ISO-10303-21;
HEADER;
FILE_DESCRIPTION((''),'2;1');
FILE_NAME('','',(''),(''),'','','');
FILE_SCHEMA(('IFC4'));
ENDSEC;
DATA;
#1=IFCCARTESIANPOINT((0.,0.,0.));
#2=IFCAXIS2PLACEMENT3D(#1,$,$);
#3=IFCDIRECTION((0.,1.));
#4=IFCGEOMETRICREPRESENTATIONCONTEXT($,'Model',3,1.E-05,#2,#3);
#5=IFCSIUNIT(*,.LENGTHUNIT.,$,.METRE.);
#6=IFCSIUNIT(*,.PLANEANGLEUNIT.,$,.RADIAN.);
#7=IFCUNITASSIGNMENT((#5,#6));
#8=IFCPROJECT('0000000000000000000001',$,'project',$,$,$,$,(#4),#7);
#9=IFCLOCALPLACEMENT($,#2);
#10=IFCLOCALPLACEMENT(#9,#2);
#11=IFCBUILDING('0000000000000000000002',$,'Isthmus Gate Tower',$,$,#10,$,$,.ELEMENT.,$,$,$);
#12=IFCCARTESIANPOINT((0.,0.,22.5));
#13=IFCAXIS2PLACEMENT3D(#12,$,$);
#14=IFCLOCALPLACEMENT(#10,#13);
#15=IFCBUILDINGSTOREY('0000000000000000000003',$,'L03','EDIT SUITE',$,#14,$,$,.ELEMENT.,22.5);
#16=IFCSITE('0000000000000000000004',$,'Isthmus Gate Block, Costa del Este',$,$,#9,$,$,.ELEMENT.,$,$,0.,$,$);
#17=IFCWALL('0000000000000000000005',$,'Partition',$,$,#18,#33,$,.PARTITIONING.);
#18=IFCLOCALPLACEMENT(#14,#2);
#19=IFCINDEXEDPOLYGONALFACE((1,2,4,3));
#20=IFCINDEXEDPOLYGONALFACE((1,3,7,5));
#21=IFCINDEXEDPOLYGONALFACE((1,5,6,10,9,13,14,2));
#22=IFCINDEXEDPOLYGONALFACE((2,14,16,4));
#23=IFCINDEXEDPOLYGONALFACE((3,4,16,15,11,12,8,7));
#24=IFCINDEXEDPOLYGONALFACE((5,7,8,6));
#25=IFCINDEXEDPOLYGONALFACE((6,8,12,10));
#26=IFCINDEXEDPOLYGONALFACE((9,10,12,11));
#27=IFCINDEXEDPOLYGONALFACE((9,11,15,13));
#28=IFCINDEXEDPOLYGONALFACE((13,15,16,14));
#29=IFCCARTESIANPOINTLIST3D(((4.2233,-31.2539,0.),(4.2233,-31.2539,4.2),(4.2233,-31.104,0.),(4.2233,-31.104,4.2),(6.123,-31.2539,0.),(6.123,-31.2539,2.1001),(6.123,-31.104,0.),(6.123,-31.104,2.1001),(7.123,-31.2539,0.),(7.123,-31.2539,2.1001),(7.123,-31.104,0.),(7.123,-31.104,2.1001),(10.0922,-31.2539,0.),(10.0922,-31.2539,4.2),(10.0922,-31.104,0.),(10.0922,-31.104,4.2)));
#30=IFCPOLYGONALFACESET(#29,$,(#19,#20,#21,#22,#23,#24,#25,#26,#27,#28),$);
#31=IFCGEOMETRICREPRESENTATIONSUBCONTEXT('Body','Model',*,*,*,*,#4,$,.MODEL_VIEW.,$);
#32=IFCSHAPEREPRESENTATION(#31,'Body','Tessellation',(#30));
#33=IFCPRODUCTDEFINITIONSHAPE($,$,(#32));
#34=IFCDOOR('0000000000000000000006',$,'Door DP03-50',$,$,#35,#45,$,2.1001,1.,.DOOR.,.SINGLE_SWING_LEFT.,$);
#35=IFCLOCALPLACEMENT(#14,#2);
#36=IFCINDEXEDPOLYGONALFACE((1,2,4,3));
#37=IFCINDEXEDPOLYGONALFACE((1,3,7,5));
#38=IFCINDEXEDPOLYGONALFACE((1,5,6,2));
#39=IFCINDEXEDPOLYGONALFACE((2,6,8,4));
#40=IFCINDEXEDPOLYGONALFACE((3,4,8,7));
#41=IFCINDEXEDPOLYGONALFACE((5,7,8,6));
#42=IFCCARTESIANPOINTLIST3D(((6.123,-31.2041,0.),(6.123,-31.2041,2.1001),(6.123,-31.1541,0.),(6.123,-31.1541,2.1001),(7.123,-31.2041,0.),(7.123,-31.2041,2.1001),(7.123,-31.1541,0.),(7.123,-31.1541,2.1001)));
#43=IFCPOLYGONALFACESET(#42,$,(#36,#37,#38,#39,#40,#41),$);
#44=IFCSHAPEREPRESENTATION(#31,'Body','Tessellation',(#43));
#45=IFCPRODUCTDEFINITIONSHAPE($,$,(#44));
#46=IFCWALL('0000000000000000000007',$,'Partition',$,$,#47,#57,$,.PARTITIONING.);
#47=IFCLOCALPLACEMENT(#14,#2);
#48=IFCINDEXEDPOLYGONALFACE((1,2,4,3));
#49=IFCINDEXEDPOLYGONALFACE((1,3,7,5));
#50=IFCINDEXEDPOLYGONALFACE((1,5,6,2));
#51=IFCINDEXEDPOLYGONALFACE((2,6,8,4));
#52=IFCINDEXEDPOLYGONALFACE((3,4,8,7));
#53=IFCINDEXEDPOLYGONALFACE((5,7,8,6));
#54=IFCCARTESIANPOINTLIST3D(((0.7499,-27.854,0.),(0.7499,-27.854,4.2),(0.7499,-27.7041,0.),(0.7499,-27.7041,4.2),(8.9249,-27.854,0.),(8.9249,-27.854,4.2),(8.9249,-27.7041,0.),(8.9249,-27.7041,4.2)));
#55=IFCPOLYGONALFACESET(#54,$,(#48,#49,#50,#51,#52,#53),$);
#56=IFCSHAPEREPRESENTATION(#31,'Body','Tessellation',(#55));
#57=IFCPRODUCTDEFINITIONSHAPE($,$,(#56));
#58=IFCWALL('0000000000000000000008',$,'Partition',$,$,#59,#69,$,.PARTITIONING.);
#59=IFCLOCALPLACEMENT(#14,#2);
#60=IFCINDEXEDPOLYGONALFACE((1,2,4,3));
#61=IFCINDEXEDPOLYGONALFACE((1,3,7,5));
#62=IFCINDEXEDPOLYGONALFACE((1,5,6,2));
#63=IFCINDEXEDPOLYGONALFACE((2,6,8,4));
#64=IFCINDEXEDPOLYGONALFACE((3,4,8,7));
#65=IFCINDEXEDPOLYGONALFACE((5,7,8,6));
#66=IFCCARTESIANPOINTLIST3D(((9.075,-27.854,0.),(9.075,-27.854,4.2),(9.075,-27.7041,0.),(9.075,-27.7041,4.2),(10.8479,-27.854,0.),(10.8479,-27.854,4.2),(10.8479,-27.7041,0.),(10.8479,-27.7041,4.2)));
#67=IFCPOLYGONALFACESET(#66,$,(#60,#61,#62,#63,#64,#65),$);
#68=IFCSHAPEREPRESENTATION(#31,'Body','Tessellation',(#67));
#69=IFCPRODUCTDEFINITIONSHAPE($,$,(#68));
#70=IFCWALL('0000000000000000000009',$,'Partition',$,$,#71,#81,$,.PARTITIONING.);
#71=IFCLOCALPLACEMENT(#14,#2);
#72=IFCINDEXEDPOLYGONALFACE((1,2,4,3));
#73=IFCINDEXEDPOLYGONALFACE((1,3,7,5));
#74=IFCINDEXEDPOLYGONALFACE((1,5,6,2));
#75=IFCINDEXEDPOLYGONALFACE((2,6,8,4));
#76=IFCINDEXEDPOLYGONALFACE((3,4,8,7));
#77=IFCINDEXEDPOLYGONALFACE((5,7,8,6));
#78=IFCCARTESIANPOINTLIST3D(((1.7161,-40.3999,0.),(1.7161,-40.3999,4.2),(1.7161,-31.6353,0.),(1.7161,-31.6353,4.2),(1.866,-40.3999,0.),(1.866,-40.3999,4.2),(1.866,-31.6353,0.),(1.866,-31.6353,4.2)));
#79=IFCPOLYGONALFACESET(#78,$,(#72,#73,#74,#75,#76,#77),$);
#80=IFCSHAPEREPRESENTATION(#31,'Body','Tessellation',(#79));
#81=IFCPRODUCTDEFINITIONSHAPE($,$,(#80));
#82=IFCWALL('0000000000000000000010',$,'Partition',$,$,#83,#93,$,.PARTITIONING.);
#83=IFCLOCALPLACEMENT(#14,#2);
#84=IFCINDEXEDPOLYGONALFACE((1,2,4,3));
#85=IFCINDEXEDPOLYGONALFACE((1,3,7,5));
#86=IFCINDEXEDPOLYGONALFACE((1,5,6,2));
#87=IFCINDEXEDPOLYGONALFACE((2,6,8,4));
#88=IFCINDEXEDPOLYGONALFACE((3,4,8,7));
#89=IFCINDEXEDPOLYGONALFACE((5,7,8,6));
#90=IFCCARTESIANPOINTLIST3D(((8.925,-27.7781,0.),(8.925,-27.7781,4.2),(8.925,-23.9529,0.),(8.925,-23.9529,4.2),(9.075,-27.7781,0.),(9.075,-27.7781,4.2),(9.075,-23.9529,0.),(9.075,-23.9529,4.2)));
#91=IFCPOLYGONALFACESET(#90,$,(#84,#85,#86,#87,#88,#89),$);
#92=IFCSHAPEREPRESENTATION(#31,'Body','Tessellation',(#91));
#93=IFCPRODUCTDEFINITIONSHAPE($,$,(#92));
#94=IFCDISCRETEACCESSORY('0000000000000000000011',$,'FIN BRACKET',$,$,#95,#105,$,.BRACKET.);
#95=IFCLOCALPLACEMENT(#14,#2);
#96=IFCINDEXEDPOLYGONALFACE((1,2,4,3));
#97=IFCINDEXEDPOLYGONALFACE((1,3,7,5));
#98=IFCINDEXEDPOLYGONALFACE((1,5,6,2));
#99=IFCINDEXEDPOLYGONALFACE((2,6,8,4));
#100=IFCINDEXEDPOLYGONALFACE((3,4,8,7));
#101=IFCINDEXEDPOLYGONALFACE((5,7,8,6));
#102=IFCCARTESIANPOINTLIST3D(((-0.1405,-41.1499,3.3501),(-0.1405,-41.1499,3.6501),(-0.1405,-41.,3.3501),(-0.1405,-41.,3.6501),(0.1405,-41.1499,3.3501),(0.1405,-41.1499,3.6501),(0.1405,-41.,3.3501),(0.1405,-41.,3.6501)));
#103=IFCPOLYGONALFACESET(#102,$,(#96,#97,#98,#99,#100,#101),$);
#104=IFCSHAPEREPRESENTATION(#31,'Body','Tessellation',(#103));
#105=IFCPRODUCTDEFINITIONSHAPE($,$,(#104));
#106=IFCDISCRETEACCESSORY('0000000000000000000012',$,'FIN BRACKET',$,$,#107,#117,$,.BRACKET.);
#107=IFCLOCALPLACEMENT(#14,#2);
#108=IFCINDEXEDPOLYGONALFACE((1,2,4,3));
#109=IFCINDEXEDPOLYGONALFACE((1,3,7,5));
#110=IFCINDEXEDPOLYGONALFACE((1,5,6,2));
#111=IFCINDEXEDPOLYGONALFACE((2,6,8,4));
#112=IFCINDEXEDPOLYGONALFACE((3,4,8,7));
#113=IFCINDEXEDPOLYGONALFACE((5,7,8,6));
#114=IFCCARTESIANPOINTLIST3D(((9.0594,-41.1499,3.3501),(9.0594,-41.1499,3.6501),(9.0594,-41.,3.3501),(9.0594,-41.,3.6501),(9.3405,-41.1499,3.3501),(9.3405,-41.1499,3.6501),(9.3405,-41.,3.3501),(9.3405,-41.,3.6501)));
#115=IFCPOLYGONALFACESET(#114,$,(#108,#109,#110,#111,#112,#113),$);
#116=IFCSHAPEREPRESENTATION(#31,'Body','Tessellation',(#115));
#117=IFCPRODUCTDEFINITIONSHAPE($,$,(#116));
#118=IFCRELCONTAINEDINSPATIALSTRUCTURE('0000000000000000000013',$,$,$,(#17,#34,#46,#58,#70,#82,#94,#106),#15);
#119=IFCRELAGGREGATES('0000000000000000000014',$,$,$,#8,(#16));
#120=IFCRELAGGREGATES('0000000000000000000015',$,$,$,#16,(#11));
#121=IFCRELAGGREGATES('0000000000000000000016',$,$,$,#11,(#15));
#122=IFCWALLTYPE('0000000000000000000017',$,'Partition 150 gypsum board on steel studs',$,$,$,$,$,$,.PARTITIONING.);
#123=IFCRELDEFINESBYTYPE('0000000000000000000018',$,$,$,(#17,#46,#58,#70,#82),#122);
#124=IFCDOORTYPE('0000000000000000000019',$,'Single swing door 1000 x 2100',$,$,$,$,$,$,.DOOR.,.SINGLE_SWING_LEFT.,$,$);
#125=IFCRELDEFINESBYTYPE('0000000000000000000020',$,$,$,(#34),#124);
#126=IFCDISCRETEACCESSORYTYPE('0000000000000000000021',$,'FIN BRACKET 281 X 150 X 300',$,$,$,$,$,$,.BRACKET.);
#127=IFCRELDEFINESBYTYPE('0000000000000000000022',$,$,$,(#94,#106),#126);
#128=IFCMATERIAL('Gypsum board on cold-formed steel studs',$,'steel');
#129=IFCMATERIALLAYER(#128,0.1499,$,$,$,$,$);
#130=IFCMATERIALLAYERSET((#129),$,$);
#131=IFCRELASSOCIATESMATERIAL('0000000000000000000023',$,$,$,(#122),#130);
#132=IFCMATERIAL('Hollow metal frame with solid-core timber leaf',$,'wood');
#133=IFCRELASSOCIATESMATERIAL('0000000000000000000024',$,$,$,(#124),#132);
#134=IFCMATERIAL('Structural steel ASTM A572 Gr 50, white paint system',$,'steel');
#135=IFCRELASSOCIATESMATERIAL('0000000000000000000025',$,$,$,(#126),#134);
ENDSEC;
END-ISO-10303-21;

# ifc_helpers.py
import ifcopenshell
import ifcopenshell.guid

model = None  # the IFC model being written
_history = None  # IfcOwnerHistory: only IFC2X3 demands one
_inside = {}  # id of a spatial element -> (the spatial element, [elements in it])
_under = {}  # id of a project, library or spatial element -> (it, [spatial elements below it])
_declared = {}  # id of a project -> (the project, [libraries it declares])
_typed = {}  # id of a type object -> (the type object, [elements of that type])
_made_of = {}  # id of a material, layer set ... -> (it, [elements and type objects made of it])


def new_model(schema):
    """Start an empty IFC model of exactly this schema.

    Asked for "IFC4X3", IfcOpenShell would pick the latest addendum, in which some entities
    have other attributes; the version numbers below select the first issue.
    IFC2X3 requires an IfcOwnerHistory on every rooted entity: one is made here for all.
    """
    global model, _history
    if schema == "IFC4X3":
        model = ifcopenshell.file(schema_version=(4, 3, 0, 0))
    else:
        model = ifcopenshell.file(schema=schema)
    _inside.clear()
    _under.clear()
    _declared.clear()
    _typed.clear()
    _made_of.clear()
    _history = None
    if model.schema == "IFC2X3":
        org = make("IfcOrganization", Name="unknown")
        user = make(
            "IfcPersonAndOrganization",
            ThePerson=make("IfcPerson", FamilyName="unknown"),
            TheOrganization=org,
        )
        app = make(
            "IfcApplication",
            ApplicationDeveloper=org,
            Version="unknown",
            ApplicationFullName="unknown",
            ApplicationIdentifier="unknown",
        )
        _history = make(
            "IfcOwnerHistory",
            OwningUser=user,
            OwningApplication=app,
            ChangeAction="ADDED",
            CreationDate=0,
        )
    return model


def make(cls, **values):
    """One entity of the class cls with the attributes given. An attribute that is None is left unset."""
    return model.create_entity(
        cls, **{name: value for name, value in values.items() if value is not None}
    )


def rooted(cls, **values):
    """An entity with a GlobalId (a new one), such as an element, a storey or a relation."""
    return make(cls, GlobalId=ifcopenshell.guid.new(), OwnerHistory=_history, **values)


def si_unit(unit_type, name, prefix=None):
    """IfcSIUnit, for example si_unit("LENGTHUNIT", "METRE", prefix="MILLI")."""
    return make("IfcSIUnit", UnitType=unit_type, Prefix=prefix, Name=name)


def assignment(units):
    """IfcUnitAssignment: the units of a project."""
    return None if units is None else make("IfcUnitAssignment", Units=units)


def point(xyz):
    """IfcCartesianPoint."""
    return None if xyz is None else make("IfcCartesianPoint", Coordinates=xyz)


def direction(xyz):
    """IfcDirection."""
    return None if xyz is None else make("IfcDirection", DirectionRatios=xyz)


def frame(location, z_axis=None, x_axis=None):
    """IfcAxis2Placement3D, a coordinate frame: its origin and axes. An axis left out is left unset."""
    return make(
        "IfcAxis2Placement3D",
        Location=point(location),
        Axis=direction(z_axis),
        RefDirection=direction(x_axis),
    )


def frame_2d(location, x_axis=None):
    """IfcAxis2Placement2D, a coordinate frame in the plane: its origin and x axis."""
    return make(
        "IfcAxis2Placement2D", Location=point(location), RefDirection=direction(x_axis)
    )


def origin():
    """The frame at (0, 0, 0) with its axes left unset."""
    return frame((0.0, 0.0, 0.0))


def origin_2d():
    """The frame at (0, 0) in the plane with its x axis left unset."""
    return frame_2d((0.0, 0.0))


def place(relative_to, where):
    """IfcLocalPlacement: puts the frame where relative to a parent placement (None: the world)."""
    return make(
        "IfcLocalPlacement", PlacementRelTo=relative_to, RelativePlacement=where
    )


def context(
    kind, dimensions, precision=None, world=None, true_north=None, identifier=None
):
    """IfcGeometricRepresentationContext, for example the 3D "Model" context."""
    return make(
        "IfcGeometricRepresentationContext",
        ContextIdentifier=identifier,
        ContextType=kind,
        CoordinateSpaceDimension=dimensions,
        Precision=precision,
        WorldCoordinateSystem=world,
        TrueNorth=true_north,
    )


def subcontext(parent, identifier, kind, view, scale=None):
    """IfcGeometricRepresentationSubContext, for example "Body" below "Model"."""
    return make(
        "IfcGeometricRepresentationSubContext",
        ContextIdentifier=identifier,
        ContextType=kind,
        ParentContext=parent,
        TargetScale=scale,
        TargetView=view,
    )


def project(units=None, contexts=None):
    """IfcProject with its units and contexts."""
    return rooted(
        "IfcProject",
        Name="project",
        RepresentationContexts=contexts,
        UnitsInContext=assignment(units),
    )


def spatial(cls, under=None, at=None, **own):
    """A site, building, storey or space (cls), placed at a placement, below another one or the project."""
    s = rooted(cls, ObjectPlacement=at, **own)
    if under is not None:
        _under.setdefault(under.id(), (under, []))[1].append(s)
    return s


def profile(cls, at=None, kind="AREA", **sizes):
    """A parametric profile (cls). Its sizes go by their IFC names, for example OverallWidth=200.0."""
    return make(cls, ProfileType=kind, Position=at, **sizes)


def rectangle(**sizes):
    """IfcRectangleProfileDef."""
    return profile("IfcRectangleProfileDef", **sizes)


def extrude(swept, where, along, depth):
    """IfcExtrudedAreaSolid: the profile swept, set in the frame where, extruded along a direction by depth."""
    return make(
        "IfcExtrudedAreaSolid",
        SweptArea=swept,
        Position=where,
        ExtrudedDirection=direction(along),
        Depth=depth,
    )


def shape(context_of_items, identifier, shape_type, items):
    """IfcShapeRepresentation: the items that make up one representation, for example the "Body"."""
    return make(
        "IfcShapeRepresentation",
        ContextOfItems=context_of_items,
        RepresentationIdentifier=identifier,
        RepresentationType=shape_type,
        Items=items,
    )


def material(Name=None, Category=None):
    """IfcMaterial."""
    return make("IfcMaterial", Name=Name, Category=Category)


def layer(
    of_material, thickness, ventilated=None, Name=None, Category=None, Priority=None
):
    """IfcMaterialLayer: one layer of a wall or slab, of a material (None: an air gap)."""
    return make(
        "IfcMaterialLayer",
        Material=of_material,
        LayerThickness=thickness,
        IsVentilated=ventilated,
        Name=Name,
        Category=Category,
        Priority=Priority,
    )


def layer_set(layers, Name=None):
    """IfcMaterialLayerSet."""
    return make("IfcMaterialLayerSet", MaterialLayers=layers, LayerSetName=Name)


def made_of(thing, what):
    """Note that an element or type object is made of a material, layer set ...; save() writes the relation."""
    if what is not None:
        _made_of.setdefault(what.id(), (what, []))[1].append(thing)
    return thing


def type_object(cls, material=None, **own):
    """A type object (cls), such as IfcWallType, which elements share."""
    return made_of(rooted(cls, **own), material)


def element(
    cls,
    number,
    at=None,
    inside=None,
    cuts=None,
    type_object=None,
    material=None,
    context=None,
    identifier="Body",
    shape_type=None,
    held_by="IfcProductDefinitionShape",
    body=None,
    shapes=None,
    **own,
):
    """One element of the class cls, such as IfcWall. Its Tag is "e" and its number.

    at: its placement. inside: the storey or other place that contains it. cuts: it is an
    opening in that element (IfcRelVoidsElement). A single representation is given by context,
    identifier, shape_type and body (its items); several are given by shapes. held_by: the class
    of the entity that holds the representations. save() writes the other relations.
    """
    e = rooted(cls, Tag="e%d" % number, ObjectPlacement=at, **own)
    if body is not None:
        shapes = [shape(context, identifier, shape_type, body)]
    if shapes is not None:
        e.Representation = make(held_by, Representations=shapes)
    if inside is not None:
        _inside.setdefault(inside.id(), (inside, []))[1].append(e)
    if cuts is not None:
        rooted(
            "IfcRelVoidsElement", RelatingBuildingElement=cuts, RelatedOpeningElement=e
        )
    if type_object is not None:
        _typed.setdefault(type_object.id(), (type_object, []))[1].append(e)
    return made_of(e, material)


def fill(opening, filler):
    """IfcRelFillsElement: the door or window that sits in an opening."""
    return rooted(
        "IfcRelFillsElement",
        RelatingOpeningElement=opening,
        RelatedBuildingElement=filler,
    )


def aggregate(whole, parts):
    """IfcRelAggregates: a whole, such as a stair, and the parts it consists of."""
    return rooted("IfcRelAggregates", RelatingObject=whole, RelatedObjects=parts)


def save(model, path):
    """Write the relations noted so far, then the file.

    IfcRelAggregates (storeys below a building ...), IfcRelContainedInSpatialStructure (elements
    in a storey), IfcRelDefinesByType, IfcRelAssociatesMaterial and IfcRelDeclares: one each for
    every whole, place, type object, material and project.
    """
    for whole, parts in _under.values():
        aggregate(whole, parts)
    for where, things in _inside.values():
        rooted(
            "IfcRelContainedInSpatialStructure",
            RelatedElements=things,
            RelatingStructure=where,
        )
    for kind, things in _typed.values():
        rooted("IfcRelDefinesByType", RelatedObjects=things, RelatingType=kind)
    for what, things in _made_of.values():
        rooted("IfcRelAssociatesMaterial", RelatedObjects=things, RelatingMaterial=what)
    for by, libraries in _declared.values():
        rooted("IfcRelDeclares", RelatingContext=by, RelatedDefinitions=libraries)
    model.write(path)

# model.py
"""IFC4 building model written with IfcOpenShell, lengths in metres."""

from ifc_helpers import new_model, si_unit, direction, frame, frame_2d, origin, origin_2d, place, context, subcontext, project, spatial, rectangle, extrude, material, layer, layer_set, type_object, element, fill, save


model = new_model("IFC4")

# Units and contexts
model_context = context("Model", 3, precision=1e-05, world=origin(), true_north=direction((0.0, 1.0)))
body_context = subcontext(model_context, "Body", "Model", "MODEL_VIEW")
ifc_project = project(units=[si_unit("LENGTHUNIT", "METRE"), si_unit("PLANEANGLEUNIT", "RADIAN")], contexts=[model_context])

# Site, building, storey
site_placement = place(None, origin())
site = spatial("IfcSite", under=ifc_project, at=site_placement, Name="Isthmus Gate Block, Costa del Este", CompositionType="ELEMENT", RefElevation=0.0)
building_placement = place(site_placement, origin())
building = spatial("IfcBuilding", under=site, at=building_placement, Name="Isthmus Gate Tower", CompositionType="ELEMENT")
storey_placement = place(building_placement, frame((0.0, 0.0, 22.5)))
storey = spatial("IfcBuildingStorey", under=building, at=storey_placement, Name="L03", Description="EDIT SUITE", CompositionType="ELEMENT", Elevation=22.5)

# Shared definitions
ifc_material_1 = material(Name="Gypsum board on cold-formed steel studs", Category="steel")
ifc_layer_1 = layer(ifc_material_1, 0.1499)
ifc_layer_set_1 = layer_set([ifc_layer_1])
wall_type_1 = type_object("IfcWallType", Name="Partition 150 gypsum board on steel studs", PredefinedType="PARTITIONING", material=ifc_layer_set_1)

# Wall, opening, door
wall_1_placement = place(storey_placement, frame((4.2231, -31.179, 0.0), z_axis=(0.0, 0.0, 1.0), x_axis=(1.0, 0.0, 0.0)))
wall_1 = element("IfcWall", 1, at=wall_1_placement, inside=storey, type_object=wall_type_1, Name="Partition", PredefinedType="PARTITIONING", context=body_context, shape_type="SweptSolid", body=[
    extrude(rectangle(XDim=5.8689, YDim=0.1499, at=frame_2d((2.9346, 0.0))), origin(), (0.0, 0.0, 1.0), 4.2),
])
opening_1_placement = place(wall_1_placement, frame((1.8999, 0.0, 0.0)))
opening_1 = element("IfcOpeningElement", 2, at=opening_1_placement, cuts=wall_1, PredefinedType="OPENING", context=body_context, shape_type="SweptSolid", body=[
    extrude(rectangle(XDim=1.0, YDim=2.1001, at=frame_2d((0.5, 1.05))), frame((0.0, 0.085, 0.0), z_axis=(0.0, -1.0, 0.0), x_axis=(1.0, 0.0, 0.0)), (0.0, 0.0, 1.0), 0.1699),
])
ifc_material_2 = material(Name="Hollow metal frame with solid-core timber leaf", Category="wood")
door_type = type_object("IfcDoorType", Name="Single swing door 1000 x 2100", OperationType="SINGLE_SWING_LEFT", PredefinedType="DOOR", material=ifc_material_2)
door_placement = place(opening_1_placement, origin())
door = element("IfcDoor", 3, at=door_placement, inside=storey, type_object=door_type, Name="Door DP03-50", OperationType="SINGLE_SWING_LEFT", OverallHeight=2.1001, OverallWidth=1.0, PredefinedType="DOOR", context=body_context, shape_type="SweptSolid", body=[
    extrude(rectangle(XDim=1.0, YDim=2.1001, at=frame_2d((0.5, 1.05))), frame((0.0, 0.0249, 0.0), z_axis=(0.0, -1.0, 0.0), x_axis=(1.0, 0.0, 0.0)), (0.0, 0.0, 1.0), 0.05),
])
fill(opening_1, door)

# Walls
wall_2_placement = place(storey_placement, frame((0.75, -27.7791, 0.0), z_axis=(0.0, 0.0, 1.0), x_axis=(1.0, 0.0, 0.0)))
element("IfcWall", 4, at=wall_2_placement, inside=storey, type_object=wall_type_1, Name="Partition", PredefinedType="PARTITIONING", context=body_context, shape_type="SweptSolid", body=[
    extrude(rectangle(XDim=8.175, YDim=0.1499, at=frame_2d((4.0874, 0.0))), origin(), (0.0, 0.0, 1.0), 4.2),
])
wall_3_placement = place(storey_placement, frame((9.075, -27.7791, 0.0), z_axis=(0.0, 0.0, 1.0), x_axis=(1.0, 0.0, 0.0)))
element("IfcWall", 5, at=wall_3_placement, inside=storey, type_object=wall_type_1, Name="Partition", PredefinedType="PARTITIONING", context=body_context, shape_type="SweptSolid", body=[
    extrude(rectangle(XDim=1.7729, YDim=0.1499, at=frame_2d((0.8865, 0.0))), origin(), (0.0, 0.0, 1.0), 4.2),
])
wall_4_placement = place(storey_placement, frame((1.791, -40.3999, 0.0), z_axis=(0.0, 0.0, 1.0), x_axis=(0.0, 1.0, 0.0)))
element("IfcWall", 6, at=wall_4_placement, inside=storey, type_object=wall_type_1, Name="Partition", PredefinedType="PARTITIONING", context=body_context, shape_type="SweptSolid", body=[
    extrude(rectangle(XDim=8.7646, YDim=0.1499, at=frame_2d((4.3823, 0.0))), origin(), (0.0, 0.0, 1.0), 4.2),
])
wall_5_placement = place(storey_placement, frame((9.0, -27.7781, 0.0), z_axis=(0.0, 0.0, 1.0), x_axis=(0.0, 1.0, 0.0)))
element("IfcWall", 7, at=wall_5_placement, inside=storey, type_object=wall_type_1, Name="Partition", PredefinedType="PARTITIONING", context=body_context, shape_type="SweptSolid", body=[
    extrude(rectangle(XDim=3.8252, YDim=0.1499, at=frame_2d((1.9126, 0.0))), origin(), (0.0, 0.0, 1.0), 4.2),
])

# Discrete accessories
ifc_material_3 = material(Name="Structural steel ASTM A572 Gr 50, white paint system", Category="steel")
discrete_accessory_type = type_object("IfcDiscreteAccessoryType", Name="FIN BRACKET 281 X 150 X 300", PredefinedType="BRACKET", material=ifc_material_3)
for number, where, z_axis, x_axis, name in (
    (8, (0.0, -41.075, 3.3501), (0.0, 0.0, 1.0), (0.0, -1.0, 0.0), "FIN BRACKET"),
    (9, (9.2, -41.075, 3.3501), (0.0, 0.0, 1.0), (0.0, -1.0, 0.0), "FIN BRACKET"),
):
    element("IfcDiscreteAccessory", number, at=place(storey_placement, frame(where, z_axis=z_axis, x_axis=x_axis)), inside=storey, type_object=discrete_accessory_type, Name=name, PredefinedType="BRACKET", context=body_context, shape_type="SweptSolid", body=[
        extrude(rectangle(XDim=0.1499, YDim=0.281, at=origin_2d()), origin(), (0.0, 0.0, 1.0), 0.3),
    ])

save(model, "model.ifc")
